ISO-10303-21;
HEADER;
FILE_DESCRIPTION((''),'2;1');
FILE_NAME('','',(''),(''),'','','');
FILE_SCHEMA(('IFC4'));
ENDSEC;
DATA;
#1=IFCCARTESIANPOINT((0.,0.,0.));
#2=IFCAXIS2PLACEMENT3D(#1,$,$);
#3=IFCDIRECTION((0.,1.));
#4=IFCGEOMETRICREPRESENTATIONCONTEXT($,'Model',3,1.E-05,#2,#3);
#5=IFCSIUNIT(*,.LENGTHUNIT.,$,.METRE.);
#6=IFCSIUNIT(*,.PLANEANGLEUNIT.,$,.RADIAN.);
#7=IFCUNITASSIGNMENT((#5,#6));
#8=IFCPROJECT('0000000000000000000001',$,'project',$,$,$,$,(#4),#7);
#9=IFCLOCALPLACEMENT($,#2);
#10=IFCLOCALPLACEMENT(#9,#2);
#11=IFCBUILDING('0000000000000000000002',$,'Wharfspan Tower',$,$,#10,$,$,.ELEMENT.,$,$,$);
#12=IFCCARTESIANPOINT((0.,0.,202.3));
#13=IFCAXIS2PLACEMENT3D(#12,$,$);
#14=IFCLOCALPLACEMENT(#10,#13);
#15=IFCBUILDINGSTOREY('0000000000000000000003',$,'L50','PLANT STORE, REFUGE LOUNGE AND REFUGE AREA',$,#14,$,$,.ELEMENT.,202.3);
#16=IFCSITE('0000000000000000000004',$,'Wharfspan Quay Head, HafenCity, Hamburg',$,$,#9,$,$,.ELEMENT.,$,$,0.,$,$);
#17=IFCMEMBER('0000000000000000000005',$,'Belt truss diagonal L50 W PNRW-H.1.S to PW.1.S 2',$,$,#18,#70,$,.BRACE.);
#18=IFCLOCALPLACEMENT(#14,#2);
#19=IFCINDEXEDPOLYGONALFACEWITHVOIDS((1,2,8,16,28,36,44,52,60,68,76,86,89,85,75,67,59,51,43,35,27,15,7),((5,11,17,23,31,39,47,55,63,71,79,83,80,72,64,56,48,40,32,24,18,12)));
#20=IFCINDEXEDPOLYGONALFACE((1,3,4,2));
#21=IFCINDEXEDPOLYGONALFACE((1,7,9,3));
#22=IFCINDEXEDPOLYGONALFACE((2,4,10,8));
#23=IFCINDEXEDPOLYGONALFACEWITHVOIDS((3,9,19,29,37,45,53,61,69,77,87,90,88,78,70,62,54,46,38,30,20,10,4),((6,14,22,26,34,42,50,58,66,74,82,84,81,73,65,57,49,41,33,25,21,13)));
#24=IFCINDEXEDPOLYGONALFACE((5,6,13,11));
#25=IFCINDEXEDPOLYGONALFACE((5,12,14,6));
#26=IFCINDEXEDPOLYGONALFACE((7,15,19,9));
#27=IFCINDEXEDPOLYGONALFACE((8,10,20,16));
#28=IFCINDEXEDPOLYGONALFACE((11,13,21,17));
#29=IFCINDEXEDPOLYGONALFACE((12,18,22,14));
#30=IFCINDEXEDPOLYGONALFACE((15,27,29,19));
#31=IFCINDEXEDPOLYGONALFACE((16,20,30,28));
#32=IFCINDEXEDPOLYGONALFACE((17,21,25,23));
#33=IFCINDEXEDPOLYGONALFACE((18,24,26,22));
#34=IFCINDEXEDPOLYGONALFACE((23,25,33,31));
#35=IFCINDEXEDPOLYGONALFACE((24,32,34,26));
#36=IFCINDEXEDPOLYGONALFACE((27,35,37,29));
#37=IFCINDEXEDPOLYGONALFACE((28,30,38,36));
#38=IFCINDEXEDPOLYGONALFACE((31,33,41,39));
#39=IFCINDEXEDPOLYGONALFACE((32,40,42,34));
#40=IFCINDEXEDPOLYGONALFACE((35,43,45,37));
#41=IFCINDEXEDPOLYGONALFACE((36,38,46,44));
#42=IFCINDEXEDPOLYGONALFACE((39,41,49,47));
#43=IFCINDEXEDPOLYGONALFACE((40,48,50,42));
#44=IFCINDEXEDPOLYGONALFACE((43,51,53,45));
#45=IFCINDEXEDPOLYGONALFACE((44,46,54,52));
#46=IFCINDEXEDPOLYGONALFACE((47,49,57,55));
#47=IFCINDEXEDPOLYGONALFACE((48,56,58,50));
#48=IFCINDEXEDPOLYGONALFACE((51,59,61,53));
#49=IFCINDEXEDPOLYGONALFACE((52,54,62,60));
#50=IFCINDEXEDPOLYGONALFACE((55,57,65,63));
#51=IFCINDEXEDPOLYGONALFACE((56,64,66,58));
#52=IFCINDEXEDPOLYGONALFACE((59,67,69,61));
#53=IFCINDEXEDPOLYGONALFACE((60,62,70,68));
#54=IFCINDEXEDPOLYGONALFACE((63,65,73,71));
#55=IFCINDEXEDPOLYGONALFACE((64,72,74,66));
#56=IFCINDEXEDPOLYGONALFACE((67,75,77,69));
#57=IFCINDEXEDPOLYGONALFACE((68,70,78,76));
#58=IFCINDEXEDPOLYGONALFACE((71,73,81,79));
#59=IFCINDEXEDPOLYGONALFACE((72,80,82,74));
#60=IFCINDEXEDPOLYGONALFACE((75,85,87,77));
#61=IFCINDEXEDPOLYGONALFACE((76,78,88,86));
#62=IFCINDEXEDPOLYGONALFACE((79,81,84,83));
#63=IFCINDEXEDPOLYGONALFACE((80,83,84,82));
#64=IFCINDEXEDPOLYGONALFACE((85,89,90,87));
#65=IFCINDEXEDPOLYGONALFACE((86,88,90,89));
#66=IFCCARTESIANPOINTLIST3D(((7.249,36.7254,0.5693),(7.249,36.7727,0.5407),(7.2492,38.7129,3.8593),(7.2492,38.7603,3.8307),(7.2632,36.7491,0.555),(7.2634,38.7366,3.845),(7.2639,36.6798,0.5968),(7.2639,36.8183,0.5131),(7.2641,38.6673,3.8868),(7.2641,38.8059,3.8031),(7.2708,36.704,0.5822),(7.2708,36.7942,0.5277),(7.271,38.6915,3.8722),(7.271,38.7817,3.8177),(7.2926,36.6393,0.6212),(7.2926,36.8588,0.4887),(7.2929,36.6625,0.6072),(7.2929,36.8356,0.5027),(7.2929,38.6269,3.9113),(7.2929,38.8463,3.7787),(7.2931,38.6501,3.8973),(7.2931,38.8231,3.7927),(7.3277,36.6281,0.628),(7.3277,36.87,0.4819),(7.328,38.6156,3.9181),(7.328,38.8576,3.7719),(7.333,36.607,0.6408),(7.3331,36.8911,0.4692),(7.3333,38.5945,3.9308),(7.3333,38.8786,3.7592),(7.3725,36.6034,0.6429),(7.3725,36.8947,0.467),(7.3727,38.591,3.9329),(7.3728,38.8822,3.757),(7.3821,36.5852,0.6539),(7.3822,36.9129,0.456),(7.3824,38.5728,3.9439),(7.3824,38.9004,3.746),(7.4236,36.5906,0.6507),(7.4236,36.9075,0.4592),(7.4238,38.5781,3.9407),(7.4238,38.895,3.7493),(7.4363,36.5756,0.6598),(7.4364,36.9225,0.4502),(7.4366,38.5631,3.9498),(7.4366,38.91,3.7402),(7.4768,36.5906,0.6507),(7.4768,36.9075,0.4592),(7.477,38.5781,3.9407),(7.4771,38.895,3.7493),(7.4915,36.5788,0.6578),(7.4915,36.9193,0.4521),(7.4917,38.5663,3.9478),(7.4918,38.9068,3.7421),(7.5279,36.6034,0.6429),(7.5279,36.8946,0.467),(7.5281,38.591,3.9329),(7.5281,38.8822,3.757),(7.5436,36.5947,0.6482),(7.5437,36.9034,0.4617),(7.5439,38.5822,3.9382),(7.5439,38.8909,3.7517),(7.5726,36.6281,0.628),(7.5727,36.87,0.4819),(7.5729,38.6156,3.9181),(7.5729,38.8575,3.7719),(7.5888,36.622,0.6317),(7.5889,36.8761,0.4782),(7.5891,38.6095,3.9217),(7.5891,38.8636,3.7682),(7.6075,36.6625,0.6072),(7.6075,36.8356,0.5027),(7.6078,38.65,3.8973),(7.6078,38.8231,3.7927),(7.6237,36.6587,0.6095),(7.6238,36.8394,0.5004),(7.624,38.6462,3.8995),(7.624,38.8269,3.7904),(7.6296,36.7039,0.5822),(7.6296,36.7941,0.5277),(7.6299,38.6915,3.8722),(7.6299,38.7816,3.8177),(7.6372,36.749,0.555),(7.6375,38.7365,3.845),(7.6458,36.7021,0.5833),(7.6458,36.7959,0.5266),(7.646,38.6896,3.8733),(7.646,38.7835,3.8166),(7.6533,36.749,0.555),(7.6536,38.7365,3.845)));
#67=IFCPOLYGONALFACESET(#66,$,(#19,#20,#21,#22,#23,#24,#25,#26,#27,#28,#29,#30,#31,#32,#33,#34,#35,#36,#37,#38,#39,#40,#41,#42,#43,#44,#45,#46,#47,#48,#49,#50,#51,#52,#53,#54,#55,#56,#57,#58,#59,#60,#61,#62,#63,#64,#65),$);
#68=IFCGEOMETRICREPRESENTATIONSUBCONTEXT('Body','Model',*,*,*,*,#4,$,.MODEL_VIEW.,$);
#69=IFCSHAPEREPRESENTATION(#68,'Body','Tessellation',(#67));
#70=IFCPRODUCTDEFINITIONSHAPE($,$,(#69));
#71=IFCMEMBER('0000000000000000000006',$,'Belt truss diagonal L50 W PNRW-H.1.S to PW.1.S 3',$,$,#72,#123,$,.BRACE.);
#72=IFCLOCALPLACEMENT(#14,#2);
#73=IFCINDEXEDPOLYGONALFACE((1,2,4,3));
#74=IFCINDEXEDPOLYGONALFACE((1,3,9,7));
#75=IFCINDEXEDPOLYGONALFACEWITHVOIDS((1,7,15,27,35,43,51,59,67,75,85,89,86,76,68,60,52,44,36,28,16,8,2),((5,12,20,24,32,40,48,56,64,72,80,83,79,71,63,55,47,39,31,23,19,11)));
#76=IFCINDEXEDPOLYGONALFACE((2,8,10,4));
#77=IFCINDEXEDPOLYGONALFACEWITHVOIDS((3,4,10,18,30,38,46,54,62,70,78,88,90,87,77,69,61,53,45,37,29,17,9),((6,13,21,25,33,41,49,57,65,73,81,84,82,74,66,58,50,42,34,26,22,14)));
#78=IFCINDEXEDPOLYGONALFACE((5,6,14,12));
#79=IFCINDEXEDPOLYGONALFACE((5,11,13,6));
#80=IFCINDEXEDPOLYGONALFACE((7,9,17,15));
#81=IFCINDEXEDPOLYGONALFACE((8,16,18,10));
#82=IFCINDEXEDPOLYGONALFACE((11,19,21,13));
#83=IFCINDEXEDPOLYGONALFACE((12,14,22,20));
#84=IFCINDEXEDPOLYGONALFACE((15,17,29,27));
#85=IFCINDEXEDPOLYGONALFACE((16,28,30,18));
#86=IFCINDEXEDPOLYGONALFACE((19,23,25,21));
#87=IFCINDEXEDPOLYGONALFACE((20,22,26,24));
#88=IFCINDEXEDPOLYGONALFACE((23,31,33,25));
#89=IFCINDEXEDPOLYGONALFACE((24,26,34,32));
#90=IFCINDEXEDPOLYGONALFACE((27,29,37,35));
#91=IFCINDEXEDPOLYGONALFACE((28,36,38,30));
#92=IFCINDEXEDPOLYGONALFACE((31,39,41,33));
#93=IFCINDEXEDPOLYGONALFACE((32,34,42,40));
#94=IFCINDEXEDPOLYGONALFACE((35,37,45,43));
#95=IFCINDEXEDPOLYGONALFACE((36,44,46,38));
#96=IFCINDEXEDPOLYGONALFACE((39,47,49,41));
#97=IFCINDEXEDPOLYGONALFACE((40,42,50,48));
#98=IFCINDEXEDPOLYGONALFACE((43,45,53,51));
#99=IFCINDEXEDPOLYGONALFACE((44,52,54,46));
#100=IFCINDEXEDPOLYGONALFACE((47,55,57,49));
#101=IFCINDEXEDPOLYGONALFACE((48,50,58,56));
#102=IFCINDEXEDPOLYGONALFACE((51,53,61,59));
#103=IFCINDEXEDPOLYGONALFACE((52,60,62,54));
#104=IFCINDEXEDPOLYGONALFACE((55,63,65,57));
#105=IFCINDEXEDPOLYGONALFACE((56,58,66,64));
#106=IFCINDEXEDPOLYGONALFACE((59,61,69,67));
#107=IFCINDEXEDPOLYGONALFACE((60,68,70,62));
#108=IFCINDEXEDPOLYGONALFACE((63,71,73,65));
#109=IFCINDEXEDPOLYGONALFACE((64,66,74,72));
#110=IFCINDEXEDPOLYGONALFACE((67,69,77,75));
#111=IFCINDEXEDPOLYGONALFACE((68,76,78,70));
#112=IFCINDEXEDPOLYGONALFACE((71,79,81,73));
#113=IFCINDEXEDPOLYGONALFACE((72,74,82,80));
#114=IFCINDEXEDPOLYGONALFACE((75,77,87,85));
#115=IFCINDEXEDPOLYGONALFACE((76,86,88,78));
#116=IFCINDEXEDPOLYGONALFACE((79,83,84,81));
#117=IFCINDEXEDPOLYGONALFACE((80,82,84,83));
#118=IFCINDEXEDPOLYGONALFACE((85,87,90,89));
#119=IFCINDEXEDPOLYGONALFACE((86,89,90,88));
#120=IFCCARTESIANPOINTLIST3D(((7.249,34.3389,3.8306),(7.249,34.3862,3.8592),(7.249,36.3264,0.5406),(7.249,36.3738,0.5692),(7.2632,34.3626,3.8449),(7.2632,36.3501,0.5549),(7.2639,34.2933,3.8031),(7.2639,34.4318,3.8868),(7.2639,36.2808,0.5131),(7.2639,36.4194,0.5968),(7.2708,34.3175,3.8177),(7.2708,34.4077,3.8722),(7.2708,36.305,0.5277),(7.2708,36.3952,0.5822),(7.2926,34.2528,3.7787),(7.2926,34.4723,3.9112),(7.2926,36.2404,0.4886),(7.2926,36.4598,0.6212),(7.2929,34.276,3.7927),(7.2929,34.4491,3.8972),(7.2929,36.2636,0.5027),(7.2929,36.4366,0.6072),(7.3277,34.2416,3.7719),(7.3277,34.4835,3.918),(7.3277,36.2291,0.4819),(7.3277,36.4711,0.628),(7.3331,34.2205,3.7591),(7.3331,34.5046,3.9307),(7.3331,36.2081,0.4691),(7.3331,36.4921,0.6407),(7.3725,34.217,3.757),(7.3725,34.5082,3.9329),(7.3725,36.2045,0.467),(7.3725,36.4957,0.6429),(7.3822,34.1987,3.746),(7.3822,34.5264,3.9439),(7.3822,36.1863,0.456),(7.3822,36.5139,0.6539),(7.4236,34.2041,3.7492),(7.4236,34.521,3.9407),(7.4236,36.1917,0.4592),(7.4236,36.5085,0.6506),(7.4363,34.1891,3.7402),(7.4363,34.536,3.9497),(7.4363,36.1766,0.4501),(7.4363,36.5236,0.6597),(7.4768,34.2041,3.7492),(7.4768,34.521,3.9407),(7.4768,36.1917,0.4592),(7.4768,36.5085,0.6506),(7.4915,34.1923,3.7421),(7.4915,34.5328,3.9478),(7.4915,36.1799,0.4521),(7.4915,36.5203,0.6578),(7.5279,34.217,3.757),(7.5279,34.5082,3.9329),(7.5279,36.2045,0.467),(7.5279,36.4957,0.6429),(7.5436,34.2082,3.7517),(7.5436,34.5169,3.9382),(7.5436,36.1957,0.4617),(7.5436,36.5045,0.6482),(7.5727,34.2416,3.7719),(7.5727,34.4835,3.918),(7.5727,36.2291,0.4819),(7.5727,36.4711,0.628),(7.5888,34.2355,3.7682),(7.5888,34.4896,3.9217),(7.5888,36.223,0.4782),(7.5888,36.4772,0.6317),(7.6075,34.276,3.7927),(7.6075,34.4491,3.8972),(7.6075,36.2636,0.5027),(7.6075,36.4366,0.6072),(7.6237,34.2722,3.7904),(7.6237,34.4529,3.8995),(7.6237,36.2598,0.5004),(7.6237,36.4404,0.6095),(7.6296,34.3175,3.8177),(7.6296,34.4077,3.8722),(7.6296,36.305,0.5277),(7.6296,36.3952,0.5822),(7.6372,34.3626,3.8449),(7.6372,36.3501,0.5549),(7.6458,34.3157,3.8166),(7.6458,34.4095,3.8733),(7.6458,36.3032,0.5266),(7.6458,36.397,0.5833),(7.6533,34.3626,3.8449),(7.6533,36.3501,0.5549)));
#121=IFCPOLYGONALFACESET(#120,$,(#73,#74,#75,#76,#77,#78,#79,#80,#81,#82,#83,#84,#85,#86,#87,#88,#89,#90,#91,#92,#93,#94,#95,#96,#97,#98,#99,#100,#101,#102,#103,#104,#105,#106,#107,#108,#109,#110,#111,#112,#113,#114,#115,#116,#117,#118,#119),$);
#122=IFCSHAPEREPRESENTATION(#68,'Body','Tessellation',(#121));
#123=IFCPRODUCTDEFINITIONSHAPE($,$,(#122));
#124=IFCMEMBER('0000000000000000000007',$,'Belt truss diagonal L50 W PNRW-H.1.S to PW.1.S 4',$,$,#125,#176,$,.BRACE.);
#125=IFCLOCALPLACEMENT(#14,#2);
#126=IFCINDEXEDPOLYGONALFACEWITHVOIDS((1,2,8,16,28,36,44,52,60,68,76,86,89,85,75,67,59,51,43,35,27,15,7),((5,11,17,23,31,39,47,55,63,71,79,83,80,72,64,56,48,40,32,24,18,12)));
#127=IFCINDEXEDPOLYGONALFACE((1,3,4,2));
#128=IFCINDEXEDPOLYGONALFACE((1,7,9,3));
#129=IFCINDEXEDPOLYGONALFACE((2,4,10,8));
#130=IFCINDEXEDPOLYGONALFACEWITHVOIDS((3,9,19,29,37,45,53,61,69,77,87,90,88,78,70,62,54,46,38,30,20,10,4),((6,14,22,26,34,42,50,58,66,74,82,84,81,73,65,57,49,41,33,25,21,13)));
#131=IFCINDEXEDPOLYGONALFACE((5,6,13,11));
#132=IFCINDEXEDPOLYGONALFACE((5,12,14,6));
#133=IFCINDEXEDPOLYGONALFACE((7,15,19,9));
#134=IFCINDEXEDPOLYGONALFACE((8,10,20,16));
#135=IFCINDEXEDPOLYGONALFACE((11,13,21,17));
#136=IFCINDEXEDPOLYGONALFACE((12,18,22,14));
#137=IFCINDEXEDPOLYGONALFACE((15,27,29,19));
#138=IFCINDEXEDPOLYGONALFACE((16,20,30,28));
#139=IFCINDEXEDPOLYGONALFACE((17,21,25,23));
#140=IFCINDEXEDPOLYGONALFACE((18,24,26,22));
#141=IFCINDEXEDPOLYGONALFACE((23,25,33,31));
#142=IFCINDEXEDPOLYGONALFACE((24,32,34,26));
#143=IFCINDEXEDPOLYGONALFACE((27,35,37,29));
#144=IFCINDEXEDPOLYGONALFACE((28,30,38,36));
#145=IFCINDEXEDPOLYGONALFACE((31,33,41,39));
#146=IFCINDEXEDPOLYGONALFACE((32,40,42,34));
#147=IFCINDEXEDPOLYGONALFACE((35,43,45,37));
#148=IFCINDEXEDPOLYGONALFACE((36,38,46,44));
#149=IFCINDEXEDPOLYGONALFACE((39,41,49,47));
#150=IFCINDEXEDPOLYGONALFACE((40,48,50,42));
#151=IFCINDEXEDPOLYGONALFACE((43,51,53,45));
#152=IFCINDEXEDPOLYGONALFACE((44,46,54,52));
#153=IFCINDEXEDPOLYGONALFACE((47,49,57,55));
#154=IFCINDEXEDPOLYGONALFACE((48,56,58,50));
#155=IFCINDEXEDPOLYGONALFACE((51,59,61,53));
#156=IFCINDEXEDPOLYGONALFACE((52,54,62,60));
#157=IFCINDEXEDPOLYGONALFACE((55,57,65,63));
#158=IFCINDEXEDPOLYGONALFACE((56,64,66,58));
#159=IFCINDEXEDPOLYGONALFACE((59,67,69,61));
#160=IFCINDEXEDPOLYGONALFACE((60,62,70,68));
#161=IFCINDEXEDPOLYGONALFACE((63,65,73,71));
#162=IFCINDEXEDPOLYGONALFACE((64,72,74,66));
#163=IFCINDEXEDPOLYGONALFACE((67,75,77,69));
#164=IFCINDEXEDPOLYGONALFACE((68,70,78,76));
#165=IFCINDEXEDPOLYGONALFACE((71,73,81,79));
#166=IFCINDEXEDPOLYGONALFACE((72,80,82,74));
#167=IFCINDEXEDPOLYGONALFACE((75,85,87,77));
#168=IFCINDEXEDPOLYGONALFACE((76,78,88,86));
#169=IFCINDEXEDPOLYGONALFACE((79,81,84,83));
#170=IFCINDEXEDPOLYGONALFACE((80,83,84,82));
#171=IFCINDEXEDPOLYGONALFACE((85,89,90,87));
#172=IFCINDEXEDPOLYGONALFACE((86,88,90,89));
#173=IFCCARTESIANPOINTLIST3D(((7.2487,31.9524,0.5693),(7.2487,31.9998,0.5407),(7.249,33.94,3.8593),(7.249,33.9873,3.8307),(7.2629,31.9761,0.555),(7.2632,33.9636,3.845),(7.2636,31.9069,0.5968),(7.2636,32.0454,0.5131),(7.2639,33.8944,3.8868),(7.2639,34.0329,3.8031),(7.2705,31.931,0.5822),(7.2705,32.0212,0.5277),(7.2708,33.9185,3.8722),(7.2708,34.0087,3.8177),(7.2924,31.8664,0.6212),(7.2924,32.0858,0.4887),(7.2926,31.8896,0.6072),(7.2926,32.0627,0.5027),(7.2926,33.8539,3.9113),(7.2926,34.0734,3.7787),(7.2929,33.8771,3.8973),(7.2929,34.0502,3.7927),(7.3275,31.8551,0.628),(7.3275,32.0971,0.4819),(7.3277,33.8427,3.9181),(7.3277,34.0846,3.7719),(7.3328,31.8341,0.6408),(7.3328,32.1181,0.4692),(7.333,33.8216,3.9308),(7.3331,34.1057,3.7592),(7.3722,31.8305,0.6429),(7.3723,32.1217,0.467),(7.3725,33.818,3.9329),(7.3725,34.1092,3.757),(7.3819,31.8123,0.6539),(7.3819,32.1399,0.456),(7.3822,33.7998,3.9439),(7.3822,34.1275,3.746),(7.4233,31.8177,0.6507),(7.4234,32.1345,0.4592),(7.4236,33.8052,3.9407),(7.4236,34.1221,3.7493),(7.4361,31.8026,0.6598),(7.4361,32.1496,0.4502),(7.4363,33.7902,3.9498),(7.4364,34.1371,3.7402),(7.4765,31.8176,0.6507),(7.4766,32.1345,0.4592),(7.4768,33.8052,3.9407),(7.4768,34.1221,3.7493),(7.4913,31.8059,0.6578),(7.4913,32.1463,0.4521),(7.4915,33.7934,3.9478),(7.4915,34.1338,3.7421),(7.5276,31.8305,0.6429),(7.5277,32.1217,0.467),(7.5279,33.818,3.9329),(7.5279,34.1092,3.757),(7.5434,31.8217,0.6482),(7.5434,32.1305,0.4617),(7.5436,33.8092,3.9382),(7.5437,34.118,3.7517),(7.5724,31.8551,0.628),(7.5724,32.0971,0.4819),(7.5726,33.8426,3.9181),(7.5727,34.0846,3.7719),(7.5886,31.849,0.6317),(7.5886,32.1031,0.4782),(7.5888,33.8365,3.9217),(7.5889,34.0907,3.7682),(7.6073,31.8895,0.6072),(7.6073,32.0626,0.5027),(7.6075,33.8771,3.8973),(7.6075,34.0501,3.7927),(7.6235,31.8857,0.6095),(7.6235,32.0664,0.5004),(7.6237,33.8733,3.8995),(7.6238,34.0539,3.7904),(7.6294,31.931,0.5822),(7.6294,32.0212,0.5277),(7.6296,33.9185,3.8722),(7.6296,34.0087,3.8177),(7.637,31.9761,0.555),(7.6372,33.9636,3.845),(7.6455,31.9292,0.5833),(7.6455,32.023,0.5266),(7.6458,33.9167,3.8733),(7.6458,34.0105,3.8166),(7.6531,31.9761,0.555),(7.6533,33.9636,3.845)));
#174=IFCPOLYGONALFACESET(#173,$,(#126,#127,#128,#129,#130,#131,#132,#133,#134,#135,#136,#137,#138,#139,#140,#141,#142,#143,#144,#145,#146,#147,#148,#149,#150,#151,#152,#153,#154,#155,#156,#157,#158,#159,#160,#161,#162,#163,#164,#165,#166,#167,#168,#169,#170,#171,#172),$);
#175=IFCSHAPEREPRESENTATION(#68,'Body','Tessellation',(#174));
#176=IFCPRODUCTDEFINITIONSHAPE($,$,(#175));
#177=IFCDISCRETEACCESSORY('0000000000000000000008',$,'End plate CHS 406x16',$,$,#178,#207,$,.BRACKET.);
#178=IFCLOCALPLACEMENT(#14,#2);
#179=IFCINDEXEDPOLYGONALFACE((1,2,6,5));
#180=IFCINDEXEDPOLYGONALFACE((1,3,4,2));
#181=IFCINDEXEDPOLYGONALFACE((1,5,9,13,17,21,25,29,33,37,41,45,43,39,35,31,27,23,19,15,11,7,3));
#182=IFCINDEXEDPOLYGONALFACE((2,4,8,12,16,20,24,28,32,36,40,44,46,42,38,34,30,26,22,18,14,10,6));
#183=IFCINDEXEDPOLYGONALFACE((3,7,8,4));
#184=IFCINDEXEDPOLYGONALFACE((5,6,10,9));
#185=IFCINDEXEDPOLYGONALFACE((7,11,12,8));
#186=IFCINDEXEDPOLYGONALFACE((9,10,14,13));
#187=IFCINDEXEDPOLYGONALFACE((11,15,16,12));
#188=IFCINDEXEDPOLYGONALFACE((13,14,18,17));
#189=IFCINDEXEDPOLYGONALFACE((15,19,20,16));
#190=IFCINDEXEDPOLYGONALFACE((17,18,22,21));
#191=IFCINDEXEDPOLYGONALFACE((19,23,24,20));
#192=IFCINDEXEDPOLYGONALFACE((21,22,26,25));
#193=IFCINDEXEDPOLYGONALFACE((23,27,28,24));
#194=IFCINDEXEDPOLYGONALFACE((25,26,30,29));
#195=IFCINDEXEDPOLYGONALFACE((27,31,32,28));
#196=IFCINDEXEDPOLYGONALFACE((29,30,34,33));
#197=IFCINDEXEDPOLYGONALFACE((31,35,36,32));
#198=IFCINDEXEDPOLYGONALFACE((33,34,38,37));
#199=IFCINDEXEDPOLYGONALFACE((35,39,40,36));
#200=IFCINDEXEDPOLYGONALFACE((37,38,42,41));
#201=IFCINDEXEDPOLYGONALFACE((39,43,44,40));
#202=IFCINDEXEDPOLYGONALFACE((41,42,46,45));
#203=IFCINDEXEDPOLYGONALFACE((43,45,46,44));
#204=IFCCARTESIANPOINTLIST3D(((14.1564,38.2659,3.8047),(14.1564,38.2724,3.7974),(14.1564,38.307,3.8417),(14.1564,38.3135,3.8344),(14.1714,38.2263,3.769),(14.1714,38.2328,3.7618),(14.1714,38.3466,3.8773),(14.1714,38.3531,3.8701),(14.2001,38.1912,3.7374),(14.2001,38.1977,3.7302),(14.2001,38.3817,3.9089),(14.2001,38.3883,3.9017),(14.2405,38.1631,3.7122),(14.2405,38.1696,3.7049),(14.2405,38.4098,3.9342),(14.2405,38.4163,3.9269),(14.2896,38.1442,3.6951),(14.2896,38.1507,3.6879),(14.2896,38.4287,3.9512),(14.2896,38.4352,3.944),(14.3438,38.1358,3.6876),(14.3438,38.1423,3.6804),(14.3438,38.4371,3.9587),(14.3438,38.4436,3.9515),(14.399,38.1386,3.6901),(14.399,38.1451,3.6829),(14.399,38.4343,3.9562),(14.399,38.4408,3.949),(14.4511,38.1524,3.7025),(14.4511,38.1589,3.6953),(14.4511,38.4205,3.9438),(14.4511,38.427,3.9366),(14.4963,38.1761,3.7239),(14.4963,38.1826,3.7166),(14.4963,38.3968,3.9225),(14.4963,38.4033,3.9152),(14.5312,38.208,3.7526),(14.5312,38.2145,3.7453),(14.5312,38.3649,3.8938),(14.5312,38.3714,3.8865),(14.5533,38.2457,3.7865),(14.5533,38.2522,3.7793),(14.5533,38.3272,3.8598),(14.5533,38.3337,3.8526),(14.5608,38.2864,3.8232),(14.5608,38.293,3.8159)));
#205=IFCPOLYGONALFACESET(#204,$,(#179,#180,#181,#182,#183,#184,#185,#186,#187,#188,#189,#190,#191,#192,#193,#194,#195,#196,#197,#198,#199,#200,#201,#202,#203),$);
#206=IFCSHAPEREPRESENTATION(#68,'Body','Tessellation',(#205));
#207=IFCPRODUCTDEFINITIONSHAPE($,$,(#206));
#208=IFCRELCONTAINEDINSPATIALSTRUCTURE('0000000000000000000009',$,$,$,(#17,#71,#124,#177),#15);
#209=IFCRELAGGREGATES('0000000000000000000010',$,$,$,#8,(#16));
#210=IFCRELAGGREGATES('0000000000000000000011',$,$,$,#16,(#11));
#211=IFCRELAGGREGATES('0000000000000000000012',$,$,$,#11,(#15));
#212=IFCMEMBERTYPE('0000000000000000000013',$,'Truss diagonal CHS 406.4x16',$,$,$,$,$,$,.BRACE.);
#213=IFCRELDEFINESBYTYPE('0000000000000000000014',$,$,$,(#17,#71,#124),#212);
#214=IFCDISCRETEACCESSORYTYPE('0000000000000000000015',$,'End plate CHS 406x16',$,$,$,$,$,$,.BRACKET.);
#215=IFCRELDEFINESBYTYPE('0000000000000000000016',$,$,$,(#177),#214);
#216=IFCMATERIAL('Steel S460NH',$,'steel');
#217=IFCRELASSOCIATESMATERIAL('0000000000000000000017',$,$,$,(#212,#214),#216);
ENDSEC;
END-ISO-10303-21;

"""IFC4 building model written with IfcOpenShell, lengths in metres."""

from ifc_helpers import new_model, si_unit, direction, frame, origin, origin_2d, place, context, subcontext, project, spatial, circle, hollow_circle, extrude, material, material_profile, profile_set, type_object, element, save


model = new_model("IFC4")

# Units and contexts
model_context = context("Model", 3, precision=1e-05, world=origin(), true_north=direction((0.0, 1.0)))
body_context = subcontext(model_context, "Body", "Model", "MODEL_VIEW")
ifc_project = project(units=[si_unit("LENGTHUNIT", "METRE"), si_unit("PLANEANGLEUNIT", "RADIAN")], contexts=[model_context])

# Site, building, storey
site_placement = place(None, origin())
site = spatial("IfcSite", under=ifc_project, at=site_placement, Name="Wharfspan Quay Head, HafenCity, Hamburg", CompositionType="ELEMENT", RefElevation=0.0)
building_placement = place(site_placement, origin())
building = spatial("IfcBuilding", under=site, at=building_placement, Name="Wharfspan Tower", CompositionType="ELEMENT")
storey_placement = place(building_placement, frame((0.0, 0.0, 202.3)))
storey = spatial("IfcBuildingStorey", under=building, at=storey_placement, Name="L50", Description="PLANT STORE, REFUGE LOUNGE AND REFUGE AREA", CompositionType="ELEMENT", Elevation=202.3)

# Members
ifc_material_1 = material(Name="Steel S460NH", Category="steel")
ifc_material_profile_1 = material_profile(ifc_material_1, hollow_circle(Radius=0.2031, WallThickness=0.0161, at=origin_2d()))
ifc_profile_set_1 = profile_set([ifc_material_profile_1], Name="Steel S460NH")
member_type = type_object("IfcMemberType", Name="Truss diagonal CHS 406.4x16", PredefinedType="BRACE", material=ifc_profile_set_1)
for number, where, z_axis, x_axis, name in (
    (1, (7.4504, 38.7366, 3.845), (-0.000064, -0.517081, -0.855937), (0.999998, -0.000127, 0.000002), "Belt truss diagonal L50 W PNRW-H.1.S to PW.1.S 2"),
    (2, (7.4502, 36.3501, 0.5549), (0.0, -0.517081, 0.855937), (1.0, 0.0, 0.0), "Belt truss diagonal L50 W PNRW-H.1.S to PW.1.S 3"),
    (3, (7.4502, 33.9636, 3.845), (-0.000064, -0.517081, -0.855937), (0.999998, -0.000127, 0.000002), "Belt truss diagonal L50 W PNRW-H.1.S to PW.1.S 4"),
):
    element("IfcMember", number, at=place(storey_placement, frame(where, z_axis=z_axis, x_axis=x_axis)), inside=storey, type_object=member_type, Name=name, PredefinedType="BRACE", context=body_context, shape_type="SweptSolid", body=[
        extrude(hollow_circle(Radius=0.2031, WallThickness=0.0161, at=origin_2d()), origin(), (0.0, 0.0, 1.0), 3.8438),
    ])

# Discrete accessory
ifc_material_profile_2 = material_profile(ifc_material_1, circle(Radius=0.2031, at=origin_2d()))
ifc_profile_set_2 = profile_set([ifc_material_profile_2], Name="Steel S460NH")
discrete_accessory_type_1 = type_object("IfcDiscreteAccessoryType", Name="End plate CHS 406x16", PredefinedType="BRACKET", material=ifc_profile_set_2)
for number, where, z_axis, x_axis, name in (
    (4, (14.3577, 38.293, 3.8159), (0.0, -0.668965, 0.743294), (1.0, 0.0, 0.0), "End plate CHS 406x16"),
):
    element("IfcDiscreteAccessory", number, at=place(storey_placement, frame(where, z_axis=z_axis, x_axis=x_axis)), inside=storey, type_object=discrete_accessory_type_1, Name=name, PredefinedType="BRACKET", context=body_context, shape_type="SweptSolid", body=[
        extrude(circle(Radius=0.2031, at=origin_2d()), origin(), (0.0, 0.0, 1.0), 0.0098),
    ])

save(model, "model.ifc")
